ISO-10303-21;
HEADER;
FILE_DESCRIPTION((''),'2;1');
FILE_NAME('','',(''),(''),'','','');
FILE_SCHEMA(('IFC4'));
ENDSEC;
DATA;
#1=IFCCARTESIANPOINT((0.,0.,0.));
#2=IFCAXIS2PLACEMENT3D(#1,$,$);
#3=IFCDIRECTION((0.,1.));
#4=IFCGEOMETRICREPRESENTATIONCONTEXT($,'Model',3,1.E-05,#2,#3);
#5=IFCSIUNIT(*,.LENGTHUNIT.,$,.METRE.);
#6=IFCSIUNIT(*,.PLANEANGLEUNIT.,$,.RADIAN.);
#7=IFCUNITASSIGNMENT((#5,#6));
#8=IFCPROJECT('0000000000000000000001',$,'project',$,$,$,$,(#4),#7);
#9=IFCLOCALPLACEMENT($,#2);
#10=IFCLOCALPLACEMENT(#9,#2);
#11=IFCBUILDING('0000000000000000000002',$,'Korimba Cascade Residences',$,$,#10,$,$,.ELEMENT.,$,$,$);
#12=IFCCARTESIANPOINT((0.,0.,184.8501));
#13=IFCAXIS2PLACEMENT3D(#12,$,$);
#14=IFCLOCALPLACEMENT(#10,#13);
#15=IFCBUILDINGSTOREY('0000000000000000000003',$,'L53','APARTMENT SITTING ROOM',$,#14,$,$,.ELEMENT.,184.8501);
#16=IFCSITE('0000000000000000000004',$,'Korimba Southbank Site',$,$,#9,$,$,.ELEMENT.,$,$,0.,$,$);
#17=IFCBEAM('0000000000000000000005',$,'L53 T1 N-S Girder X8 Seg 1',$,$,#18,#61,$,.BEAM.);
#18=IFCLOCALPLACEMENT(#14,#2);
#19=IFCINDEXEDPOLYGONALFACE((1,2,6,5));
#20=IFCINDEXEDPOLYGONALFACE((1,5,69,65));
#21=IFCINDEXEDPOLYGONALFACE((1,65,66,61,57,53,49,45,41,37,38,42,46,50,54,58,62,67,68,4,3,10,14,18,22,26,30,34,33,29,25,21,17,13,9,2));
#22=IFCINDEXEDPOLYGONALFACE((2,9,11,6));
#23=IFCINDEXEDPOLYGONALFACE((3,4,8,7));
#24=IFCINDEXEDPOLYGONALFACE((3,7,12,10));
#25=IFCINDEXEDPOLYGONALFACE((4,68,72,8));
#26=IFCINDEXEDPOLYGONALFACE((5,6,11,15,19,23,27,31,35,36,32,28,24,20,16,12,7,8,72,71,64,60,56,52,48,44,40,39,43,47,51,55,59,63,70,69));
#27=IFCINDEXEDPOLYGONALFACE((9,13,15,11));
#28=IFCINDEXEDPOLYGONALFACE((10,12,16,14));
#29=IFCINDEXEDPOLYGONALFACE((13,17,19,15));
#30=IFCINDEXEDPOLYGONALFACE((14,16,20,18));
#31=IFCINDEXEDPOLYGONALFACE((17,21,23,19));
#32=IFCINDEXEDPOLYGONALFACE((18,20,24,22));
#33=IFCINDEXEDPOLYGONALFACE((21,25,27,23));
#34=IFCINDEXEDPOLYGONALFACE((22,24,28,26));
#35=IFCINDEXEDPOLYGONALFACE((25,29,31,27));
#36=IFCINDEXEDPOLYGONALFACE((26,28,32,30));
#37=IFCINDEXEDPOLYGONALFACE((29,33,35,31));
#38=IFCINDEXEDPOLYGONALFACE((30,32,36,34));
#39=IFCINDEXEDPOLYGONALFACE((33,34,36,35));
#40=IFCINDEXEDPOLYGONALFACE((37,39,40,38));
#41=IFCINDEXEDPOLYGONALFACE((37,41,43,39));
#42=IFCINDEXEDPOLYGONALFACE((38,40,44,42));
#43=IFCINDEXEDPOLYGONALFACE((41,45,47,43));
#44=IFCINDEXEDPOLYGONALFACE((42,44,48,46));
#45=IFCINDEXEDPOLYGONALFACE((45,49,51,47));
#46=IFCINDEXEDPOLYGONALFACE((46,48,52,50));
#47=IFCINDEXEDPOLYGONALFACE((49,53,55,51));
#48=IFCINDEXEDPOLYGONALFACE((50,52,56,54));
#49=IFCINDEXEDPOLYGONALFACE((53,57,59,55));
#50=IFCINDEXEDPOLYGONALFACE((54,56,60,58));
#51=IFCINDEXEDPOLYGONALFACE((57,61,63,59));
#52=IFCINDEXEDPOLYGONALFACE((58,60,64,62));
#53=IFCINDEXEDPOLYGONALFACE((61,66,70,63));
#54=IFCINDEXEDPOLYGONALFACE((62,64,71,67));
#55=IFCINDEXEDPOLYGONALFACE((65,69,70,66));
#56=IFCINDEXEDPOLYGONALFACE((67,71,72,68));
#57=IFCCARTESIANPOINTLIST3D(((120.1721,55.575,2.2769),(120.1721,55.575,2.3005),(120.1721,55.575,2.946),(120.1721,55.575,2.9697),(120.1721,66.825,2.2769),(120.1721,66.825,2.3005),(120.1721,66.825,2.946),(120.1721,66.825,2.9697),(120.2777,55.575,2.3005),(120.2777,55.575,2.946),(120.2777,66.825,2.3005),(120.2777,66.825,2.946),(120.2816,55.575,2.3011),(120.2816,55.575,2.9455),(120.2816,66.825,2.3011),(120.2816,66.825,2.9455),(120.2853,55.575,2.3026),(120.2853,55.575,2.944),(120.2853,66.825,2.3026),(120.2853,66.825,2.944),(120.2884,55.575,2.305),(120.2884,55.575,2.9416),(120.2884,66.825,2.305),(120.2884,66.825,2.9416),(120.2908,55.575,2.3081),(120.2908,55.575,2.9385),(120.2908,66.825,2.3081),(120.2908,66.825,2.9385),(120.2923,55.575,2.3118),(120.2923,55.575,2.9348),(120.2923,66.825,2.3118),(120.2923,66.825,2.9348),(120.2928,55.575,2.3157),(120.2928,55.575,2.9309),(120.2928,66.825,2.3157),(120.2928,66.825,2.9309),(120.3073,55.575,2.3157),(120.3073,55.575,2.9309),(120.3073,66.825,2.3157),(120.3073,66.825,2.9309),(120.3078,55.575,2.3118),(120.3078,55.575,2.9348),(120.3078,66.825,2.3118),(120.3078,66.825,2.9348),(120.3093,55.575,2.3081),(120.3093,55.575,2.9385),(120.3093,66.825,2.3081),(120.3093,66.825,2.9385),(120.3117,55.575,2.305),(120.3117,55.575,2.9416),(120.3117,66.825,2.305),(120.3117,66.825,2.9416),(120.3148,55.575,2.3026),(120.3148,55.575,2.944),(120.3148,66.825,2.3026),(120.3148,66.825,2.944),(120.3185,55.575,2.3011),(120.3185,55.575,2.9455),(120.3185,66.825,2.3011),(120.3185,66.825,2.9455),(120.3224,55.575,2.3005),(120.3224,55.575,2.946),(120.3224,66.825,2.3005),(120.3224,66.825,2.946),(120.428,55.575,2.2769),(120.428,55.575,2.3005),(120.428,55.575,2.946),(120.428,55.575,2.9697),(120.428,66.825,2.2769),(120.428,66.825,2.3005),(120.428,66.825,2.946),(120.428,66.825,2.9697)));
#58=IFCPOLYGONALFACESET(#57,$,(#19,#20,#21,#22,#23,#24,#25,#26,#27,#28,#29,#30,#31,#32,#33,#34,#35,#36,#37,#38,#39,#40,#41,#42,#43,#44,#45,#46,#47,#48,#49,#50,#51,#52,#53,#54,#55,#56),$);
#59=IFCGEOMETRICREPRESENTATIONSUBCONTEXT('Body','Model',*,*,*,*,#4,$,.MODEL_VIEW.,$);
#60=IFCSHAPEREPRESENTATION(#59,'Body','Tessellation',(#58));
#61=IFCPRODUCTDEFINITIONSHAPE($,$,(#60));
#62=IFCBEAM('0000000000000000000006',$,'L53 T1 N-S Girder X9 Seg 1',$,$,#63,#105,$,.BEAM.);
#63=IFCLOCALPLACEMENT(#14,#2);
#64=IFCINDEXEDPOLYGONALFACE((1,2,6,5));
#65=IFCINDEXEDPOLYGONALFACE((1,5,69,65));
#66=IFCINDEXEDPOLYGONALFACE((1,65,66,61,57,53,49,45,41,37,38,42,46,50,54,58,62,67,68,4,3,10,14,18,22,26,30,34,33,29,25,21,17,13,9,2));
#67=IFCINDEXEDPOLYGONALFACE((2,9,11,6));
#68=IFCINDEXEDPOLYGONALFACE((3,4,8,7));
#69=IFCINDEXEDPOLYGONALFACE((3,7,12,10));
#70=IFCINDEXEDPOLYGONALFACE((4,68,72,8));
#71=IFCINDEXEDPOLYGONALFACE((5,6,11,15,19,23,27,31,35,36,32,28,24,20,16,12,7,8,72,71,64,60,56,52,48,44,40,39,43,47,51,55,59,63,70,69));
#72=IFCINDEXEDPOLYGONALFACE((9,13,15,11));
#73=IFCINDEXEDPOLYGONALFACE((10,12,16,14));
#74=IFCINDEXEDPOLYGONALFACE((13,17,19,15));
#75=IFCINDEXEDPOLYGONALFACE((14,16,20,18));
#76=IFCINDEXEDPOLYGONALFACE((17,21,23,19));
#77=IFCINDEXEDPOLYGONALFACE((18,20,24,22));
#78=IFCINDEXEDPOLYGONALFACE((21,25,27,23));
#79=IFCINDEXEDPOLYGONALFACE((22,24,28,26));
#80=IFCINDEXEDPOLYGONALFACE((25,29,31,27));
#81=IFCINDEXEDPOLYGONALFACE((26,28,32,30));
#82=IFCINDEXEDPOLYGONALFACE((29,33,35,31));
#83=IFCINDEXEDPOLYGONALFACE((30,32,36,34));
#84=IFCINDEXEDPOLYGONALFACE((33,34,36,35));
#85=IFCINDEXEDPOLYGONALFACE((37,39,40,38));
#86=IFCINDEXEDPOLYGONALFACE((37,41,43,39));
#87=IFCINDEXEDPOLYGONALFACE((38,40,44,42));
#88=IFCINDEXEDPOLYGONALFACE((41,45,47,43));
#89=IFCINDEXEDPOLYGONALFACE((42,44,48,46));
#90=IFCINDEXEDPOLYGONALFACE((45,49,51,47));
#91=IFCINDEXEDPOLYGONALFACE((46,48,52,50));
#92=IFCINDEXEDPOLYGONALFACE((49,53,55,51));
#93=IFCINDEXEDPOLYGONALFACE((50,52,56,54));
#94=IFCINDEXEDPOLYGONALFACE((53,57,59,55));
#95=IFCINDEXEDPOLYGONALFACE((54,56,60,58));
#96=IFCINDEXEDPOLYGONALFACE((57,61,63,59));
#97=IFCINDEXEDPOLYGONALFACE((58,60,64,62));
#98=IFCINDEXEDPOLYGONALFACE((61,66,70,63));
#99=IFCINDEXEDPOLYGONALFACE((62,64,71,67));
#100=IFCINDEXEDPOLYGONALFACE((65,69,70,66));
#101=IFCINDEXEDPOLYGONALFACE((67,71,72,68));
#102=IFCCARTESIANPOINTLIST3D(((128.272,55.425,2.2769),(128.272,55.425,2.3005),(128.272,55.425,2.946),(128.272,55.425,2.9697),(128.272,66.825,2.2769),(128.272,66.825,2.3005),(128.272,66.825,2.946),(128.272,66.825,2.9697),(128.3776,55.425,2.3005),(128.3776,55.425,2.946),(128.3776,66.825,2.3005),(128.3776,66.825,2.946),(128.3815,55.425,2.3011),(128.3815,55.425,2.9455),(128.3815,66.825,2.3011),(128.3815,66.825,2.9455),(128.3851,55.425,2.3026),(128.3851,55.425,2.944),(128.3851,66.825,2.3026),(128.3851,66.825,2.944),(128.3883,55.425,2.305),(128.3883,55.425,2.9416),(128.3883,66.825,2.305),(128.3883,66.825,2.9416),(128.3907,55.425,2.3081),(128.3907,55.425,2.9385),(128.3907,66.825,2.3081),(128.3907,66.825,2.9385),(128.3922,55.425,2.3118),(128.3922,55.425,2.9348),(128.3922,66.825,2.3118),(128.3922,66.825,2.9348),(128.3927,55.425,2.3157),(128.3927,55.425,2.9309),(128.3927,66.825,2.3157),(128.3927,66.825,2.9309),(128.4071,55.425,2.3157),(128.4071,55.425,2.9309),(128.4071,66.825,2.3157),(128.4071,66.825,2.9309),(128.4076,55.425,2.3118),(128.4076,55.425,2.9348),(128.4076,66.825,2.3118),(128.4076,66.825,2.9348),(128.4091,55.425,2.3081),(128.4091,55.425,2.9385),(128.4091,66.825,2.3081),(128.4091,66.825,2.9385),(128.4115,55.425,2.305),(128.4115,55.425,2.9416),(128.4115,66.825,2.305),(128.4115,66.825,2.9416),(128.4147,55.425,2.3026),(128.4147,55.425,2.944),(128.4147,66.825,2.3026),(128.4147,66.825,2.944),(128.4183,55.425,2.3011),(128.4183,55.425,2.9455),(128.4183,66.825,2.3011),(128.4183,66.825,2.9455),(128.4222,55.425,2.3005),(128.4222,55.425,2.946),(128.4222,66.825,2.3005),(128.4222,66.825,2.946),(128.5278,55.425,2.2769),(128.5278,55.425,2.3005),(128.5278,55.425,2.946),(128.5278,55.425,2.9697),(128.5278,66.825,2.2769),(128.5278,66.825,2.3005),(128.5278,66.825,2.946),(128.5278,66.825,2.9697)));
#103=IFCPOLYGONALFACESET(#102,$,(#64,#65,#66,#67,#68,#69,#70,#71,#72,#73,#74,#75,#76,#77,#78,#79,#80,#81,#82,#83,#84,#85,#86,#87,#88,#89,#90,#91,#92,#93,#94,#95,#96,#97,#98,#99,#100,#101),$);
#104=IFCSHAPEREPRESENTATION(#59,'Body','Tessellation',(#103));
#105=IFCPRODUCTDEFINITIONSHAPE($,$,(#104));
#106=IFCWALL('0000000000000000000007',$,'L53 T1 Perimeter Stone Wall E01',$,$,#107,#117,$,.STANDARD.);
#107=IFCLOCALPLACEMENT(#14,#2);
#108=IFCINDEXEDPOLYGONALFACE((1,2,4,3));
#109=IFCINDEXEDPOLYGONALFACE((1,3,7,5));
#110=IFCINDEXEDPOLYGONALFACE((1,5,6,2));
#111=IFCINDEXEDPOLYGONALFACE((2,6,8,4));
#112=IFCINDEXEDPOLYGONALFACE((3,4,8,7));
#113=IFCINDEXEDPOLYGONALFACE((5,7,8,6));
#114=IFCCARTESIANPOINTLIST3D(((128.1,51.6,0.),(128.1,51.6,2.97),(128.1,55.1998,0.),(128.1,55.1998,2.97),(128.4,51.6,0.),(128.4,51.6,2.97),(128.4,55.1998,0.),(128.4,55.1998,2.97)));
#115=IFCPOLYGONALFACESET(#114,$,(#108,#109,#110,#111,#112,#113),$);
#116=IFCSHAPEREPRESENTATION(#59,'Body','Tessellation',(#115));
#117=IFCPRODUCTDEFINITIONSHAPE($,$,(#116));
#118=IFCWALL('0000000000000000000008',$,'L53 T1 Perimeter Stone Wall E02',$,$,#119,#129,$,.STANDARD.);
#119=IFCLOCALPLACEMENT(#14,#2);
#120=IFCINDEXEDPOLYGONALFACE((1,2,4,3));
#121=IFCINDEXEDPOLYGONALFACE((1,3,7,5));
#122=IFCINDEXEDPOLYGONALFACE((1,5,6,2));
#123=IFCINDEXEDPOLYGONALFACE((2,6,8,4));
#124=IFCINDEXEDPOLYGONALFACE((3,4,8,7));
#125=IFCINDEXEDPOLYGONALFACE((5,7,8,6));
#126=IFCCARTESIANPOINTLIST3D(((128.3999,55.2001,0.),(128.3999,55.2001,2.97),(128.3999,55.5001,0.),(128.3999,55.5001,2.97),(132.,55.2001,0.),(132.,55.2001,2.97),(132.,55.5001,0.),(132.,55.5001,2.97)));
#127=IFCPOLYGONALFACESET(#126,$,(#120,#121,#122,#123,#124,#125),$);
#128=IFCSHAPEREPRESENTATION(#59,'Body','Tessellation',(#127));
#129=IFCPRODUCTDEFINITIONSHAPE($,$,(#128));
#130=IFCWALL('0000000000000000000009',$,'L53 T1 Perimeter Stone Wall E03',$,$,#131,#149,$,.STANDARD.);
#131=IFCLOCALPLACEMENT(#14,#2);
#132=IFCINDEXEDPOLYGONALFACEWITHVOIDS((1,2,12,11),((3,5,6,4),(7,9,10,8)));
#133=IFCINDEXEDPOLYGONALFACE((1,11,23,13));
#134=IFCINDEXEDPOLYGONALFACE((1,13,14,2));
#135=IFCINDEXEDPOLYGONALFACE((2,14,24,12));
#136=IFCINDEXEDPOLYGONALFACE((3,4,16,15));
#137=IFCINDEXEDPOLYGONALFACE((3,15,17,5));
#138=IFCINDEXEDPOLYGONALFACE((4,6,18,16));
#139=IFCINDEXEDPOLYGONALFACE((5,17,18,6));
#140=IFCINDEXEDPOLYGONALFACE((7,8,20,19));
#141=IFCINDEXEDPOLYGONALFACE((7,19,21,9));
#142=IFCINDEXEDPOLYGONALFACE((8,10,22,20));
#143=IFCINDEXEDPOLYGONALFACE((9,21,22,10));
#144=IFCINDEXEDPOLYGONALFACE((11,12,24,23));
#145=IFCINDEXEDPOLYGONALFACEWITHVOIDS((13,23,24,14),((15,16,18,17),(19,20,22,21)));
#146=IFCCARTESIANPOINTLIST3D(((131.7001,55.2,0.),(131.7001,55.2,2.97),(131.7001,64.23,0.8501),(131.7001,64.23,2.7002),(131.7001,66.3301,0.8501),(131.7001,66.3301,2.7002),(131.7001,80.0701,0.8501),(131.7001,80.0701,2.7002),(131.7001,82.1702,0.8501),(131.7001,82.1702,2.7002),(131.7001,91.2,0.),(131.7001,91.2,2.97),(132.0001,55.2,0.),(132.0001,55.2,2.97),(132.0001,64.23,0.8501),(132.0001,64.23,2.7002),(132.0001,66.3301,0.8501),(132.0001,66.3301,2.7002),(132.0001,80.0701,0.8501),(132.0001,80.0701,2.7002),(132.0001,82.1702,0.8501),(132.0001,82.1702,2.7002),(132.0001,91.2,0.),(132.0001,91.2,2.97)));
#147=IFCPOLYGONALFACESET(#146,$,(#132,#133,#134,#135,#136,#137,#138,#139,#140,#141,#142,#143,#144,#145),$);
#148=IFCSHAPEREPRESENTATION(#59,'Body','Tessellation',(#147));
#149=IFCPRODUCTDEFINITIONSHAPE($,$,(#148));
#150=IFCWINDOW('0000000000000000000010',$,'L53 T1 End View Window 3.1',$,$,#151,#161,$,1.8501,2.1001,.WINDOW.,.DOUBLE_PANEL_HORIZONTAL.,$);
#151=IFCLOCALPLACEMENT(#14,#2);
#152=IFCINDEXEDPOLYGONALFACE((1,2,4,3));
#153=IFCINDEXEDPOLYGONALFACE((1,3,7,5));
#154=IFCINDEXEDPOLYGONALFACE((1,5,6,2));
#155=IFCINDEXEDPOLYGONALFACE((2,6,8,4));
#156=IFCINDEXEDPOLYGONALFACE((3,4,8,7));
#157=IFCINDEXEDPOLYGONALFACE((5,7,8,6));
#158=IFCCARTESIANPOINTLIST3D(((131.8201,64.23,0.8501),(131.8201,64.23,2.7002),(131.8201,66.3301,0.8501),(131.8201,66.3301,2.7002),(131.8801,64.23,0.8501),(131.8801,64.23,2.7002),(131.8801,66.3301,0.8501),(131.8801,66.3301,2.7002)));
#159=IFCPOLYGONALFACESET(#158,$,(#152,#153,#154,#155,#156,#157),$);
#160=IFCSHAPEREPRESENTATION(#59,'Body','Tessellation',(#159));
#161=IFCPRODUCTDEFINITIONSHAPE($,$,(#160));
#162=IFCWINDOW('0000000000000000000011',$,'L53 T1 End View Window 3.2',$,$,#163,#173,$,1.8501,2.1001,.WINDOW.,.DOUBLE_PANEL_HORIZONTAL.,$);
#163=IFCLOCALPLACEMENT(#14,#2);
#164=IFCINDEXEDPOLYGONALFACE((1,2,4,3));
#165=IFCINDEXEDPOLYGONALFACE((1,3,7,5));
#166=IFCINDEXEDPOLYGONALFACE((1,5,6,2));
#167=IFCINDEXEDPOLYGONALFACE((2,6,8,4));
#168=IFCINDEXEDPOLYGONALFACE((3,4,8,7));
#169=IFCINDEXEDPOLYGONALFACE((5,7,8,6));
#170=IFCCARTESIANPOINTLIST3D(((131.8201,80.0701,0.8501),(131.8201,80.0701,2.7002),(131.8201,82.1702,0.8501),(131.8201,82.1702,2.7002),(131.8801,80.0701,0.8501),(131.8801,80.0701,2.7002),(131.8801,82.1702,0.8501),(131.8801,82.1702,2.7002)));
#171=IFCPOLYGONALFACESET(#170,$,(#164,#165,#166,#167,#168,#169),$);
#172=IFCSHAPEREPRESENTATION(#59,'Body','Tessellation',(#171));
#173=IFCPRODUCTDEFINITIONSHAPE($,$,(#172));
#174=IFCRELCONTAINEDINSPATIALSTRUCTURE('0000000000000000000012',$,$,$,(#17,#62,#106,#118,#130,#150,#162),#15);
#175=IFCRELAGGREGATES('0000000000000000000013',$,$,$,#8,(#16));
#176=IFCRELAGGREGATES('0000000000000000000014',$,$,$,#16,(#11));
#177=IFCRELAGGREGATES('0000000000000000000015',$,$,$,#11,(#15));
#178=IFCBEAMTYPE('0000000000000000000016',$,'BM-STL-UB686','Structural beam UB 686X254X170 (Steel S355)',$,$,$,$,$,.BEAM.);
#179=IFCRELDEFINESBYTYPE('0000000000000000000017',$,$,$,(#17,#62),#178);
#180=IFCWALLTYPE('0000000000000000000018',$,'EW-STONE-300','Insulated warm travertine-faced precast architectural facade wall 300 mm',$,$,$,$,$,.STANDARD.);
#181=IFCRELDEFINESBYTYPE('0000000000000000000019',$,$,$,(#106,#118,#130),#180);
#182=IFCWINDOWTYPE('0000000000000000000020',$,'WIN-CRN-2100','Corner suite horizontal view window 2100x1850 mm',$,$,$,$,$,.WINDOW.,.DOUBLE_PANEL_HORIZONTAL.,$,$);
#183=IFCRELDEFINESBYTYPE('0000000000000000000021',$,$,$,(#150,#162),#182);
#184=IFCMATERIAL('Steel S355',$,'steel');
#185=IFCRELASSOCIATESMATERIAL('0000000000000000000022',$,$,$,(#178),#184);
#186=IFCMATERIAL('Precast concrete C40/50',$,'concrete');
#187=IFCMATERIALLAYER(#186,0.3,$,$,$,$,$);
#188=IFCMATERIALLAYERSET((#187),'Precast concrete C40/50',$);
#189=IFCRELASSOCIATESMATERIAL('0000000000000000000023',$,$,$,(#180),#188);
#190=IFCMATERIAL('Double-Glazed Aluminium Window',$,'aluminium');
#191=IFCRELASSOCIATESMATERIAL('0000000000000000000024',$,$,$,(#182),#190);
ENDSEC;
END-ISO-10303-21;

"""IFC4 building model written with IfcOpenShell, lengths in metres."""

from ifc_helpers import new_model, si_unit, direction, frame, frame_2d, origin, origin_2d, place, context, subcontext, project, spatial, rectangle, i_section, extrude, material, layer, layer_set, material_profile, profile_set, type_object, element, fill, save


model = new_model("IFC4")

# Units and contexts
model_context = context("Model", 3, precision=1e-05, world=origin(), true_north=direction((0.0, 1.0)))
body_context = subcontext(model_context, "Body", "Model", "MODEL_VIEW")
ifc_project = project(units=[si_unit("LENGTHUNIT", "METRE"), si_unit("PLANEANGLEUNIT", "RADIAN")], contexts=[model_context])

# Site, building, storey
site_placement = place(None, origin())
site = spatial("IfcSite", under=ifc_project, at=site_placement, Name="Korimba Southbank Site", CompositionType="ELEMENT", RefElevation=0.0)
building_placement = place(site_placement, origin())
building = spatial("IfcBuilding", under=site, at=building_placement, Name="Korimba Cascade Residences", CompositionType="ELEMENT")
storey_placement = place(building_placement, frame((0.0, 0.0, 184.8501)))
storey = spatial("IfcBuildingStorey", under=building, at=storey_placement, Name="L53", Description="APARTMENT SITTING ROOM", CompositionType="ELEMENT", Elevation=184.8501)

# Beams
ifc_material_1 = material(Name="Steel S355", Category="steel")
ifc_material_profile_1 = material_profile(ifc_material_1, i_section(OverallWidth=0.2559, OverallDepth=0.6929, WebThickness=0.0144, FlangeThickness=0.0237, FilletRadius=0.0151, at=origin_2d()), Name="Steel S355")
ifc_profile_set_1 = profile_set([ifc_material_profile_1], Name="Steel S355")
beam_type_1 = type_object("IfcBeamType", Name="BM-STL-UB686", Description="Structural beam UB 686X254X170 (Steel S355)", PredefinedType="BEAM", material=ifc_profile_set_1)
beam_1_placement = place(storey_placement, frame((120.3, 55.575, 2.6233), z_axis=(0.0, 1.0, 0.0), x_axis=(-1.0, 0.0, 0.0)))
element("IfcBeam", 1, at=beam_1_placement, inside=storey, type_object=beam_type_1, Name="L53 T1 N-S Girder X8 Seg 1", PredefinedType="BEAM", context=body_context, shape_type="SweptSolid", body=[
    extrude(i_section(OverallWidth=0.2559, OverallDepth=0.6929, WebThickness=0.0144, FlangeThickness=0.0237, FilletRadius=0.0151, at=origin_2d()), origin(), (0.0, 0.0, 1.0), 11.25),
])
beam_2_placement = place(storey_placement, frame((128.3999, 55.425, 2.6233), z_axis=(0.0, 1.0, 0.0), x_axis=(-1.0, 0.0, 0.0)))
element("IfcBeam", 2, at=beam_2_placement, inside=storey, type_object=beam_type_1, Name="L53 T1 N-S Girder X9 Seg 1", PredefinedType="BEAM", context=body_context, shape_type="SweptSolid", body=[
    extrude(i_section(OverallWidth=0.2559, OverallDepth=0.6929, WebThickness=0.0144, FlangeThickness=0.0237, FilletRadius=0.0151, at=origin_2d()), origin(), (0.0, 0.0, 1.0), 11.3999),
])

# Walls
ifc_material_2 = material(Name="Precast concrete C40/50", Category="concrete")
ifc_layer_1 = layer(ifc_material_2, 0.3)
ifc_layer_set_1 = layer_set([ifc_layer_1], Name="Precast concrete C40/50")
wall_type_1 = type_object("IfcWallType", Name="EW-STONE-300", Description="Insulated warm travertine-faced precast architectural facade wall 300 mm", PredefinedType="STANDARD", material=ifc_layer_set_1)
wall_1_placement = place(storey_placement, frame((128.25, 51.6001, 0.0), z_axis=(0.0, 0.0, 1.0), x_axis=(0.0, 1.0, 0.0)))
element("IfcWall", 3, at=wall_1_placement, inside=storey, type_object=wall_type_1, Name="L53 T1 Perimeter Stone Wall E01", PredefinedType="STANDARD", context=body_context, shape_type="SweptSolid", body=[
    extrude(rectangle(XDim=3.5999, YDim=0.3, at=frame_2d((1.7998, 0.0))), origin(), (0.0, 0.0, 1.0), 2.97),
])
wall_2_placement = place(storey_placement, frame((128.3999, 55.3501, 0.0), z_axis=(0.0, 0.0, 1.0), x_axis=(1.0, 0.0, 0.0)))
element("IfcWall", 4, at=wall_2_placement, inside=storey, type_object=wall_type_1, Name="L53 T1 Perimeter Stone Wall E02", PredefinedType="STANDARD", context=body_context, shape_type="SweptSolid", body=[
    extrude(rectangle(XDim=3.6001, YDim=0.3, at=frame_2d((1.8, 0.0))), origin(), (0.0, 0.0, 1.0), 2.97),
])

# Wall, openings, windows
wall_3_placement = place(storey_placement, frame((131.8501, 55.2, 0.0), z_axis=(0.0, 0.0, 1.0), x_axis=(0.0, 1.0, 0.0)))
wall_3 = element("IfcWall", 5, at=wall_3_placement, inside=storey, type_object=wall_type_1, Name="L53 T1 Perimeter Stone Wall E03", PredefinedType="STANDARD", context=body_context, shape_type="SweptSolid", body=[
    extrude(rectangle(XDim=36.0, YDim=0.3, at=frame_2d((18.0, 0.0))), origin(), (0.0, 0.0, 1.0), 2.97),
])
opening_1_placement = place(wall_3_placement, frame((9.03, 0.0, 0.8501)))
opening_1 = element("IfcOpeningElement", 6, at=opening_1_placement, cuts=wall_3, PredefinedType="OPENING", context=body_context, shape_type="SweptSolid", body=[
    extrude(rectangle(XDim=2.1001, YDim=1.8501, at=frame_2d((1.05, 0.925))), frame((0.0, 0.1602, 0.0), z_axis=(0.0, -1.0, 0.0), x_axis=(1.0, 0.0, 0.0)), (0.0, 0.0, 1.0), 0.3201),
])
opening_2_placement = place(wall_3_placement, frame((24.8701, 0.0, 0.8501)))
opening_2 = element("IfcOpeningElement", 7, at=opening_2_placement, cuts=wall_3, PredefinedType="OPENING", context=body_context, shape_type="SweptSolid", body=[
    extrude(rectangle(XDim=2.1001, YDim=1.8501, at=frame_2d((1.05, 0.925))), frame((0.0, 0.1602, 0.0), z_axis=(0.0, -1.0, 0.0), x_axis=(1.0, 0.0, 0.0)), (0.0, 0.0, 1.0), 0.3201),
])
ifc_material_3 = material(Name="Double-Glazed Aluminium Window", Category="aluminium")
window_type_1 = type_object("IfcWindowType", Name="WIN-CRN-2100", Description="Corner suite horizontal view window 2100x1850 mm", PartitioningType="DOUBLE_PANEL_HORIZONTAL", PredefinedType="WINDOW", material=ifc_material_3)
window_1_placement = place(opening_1_placement, origin())
window_1 = element("IfcWindow", 8, at=window_1_placement, inside=storey, type_object=window_type_1, Name="L53 T1 End View Window 3.1", OverallHeight=1.8501, OverallWidth=2.1001, PartitioningType="DOUBLE_PANEL_HORIZONTAL", PredefinedType="WINDOW", context=body_context, shape_type="SweptSolid", body=[
    extrude(rectangle(XDim=2.1001, YDim=1.8501, at=frame_2d((1.05, 0.925))), frame((0.0, 0.03, 0.0), z_axis=(0.0, -1.0, 0.0), x_axis=(1.0, 0.0, 0.0)), (0.0, 0.0, 1.0), 0.0601),
])
fill(opening_1, window_1)
window_2_placement = place(opening_2_placement, origin())
window_2 = element("IfcWindow", 9, at=window_2_placement, inside=storey, type_object=window_type_1, Name="L53 T1 End View Window 3.2", OverallHeight=1.8501, OverallWidth=2.1001, PartitioningType="DOUBLE_PANEL_HORIZONTAL", PredefinedType="WINDOW", context=body_context, shape_type="SweptSolid", body=[
    extrude(rectangle(XDim=2.1001, YDim=1.8501, at=frame_2d((1.05, 0.925))), frame((0.0, 0.03, 0.0), z_axis=(0.0, -1.0, 0.0), x_axis=(1.0, 0.0, 0.0)), (0.0, 0.0, 1.0), 0.0601),
])
fill(opening_2, window_2)

save(model, "model.ifc")
